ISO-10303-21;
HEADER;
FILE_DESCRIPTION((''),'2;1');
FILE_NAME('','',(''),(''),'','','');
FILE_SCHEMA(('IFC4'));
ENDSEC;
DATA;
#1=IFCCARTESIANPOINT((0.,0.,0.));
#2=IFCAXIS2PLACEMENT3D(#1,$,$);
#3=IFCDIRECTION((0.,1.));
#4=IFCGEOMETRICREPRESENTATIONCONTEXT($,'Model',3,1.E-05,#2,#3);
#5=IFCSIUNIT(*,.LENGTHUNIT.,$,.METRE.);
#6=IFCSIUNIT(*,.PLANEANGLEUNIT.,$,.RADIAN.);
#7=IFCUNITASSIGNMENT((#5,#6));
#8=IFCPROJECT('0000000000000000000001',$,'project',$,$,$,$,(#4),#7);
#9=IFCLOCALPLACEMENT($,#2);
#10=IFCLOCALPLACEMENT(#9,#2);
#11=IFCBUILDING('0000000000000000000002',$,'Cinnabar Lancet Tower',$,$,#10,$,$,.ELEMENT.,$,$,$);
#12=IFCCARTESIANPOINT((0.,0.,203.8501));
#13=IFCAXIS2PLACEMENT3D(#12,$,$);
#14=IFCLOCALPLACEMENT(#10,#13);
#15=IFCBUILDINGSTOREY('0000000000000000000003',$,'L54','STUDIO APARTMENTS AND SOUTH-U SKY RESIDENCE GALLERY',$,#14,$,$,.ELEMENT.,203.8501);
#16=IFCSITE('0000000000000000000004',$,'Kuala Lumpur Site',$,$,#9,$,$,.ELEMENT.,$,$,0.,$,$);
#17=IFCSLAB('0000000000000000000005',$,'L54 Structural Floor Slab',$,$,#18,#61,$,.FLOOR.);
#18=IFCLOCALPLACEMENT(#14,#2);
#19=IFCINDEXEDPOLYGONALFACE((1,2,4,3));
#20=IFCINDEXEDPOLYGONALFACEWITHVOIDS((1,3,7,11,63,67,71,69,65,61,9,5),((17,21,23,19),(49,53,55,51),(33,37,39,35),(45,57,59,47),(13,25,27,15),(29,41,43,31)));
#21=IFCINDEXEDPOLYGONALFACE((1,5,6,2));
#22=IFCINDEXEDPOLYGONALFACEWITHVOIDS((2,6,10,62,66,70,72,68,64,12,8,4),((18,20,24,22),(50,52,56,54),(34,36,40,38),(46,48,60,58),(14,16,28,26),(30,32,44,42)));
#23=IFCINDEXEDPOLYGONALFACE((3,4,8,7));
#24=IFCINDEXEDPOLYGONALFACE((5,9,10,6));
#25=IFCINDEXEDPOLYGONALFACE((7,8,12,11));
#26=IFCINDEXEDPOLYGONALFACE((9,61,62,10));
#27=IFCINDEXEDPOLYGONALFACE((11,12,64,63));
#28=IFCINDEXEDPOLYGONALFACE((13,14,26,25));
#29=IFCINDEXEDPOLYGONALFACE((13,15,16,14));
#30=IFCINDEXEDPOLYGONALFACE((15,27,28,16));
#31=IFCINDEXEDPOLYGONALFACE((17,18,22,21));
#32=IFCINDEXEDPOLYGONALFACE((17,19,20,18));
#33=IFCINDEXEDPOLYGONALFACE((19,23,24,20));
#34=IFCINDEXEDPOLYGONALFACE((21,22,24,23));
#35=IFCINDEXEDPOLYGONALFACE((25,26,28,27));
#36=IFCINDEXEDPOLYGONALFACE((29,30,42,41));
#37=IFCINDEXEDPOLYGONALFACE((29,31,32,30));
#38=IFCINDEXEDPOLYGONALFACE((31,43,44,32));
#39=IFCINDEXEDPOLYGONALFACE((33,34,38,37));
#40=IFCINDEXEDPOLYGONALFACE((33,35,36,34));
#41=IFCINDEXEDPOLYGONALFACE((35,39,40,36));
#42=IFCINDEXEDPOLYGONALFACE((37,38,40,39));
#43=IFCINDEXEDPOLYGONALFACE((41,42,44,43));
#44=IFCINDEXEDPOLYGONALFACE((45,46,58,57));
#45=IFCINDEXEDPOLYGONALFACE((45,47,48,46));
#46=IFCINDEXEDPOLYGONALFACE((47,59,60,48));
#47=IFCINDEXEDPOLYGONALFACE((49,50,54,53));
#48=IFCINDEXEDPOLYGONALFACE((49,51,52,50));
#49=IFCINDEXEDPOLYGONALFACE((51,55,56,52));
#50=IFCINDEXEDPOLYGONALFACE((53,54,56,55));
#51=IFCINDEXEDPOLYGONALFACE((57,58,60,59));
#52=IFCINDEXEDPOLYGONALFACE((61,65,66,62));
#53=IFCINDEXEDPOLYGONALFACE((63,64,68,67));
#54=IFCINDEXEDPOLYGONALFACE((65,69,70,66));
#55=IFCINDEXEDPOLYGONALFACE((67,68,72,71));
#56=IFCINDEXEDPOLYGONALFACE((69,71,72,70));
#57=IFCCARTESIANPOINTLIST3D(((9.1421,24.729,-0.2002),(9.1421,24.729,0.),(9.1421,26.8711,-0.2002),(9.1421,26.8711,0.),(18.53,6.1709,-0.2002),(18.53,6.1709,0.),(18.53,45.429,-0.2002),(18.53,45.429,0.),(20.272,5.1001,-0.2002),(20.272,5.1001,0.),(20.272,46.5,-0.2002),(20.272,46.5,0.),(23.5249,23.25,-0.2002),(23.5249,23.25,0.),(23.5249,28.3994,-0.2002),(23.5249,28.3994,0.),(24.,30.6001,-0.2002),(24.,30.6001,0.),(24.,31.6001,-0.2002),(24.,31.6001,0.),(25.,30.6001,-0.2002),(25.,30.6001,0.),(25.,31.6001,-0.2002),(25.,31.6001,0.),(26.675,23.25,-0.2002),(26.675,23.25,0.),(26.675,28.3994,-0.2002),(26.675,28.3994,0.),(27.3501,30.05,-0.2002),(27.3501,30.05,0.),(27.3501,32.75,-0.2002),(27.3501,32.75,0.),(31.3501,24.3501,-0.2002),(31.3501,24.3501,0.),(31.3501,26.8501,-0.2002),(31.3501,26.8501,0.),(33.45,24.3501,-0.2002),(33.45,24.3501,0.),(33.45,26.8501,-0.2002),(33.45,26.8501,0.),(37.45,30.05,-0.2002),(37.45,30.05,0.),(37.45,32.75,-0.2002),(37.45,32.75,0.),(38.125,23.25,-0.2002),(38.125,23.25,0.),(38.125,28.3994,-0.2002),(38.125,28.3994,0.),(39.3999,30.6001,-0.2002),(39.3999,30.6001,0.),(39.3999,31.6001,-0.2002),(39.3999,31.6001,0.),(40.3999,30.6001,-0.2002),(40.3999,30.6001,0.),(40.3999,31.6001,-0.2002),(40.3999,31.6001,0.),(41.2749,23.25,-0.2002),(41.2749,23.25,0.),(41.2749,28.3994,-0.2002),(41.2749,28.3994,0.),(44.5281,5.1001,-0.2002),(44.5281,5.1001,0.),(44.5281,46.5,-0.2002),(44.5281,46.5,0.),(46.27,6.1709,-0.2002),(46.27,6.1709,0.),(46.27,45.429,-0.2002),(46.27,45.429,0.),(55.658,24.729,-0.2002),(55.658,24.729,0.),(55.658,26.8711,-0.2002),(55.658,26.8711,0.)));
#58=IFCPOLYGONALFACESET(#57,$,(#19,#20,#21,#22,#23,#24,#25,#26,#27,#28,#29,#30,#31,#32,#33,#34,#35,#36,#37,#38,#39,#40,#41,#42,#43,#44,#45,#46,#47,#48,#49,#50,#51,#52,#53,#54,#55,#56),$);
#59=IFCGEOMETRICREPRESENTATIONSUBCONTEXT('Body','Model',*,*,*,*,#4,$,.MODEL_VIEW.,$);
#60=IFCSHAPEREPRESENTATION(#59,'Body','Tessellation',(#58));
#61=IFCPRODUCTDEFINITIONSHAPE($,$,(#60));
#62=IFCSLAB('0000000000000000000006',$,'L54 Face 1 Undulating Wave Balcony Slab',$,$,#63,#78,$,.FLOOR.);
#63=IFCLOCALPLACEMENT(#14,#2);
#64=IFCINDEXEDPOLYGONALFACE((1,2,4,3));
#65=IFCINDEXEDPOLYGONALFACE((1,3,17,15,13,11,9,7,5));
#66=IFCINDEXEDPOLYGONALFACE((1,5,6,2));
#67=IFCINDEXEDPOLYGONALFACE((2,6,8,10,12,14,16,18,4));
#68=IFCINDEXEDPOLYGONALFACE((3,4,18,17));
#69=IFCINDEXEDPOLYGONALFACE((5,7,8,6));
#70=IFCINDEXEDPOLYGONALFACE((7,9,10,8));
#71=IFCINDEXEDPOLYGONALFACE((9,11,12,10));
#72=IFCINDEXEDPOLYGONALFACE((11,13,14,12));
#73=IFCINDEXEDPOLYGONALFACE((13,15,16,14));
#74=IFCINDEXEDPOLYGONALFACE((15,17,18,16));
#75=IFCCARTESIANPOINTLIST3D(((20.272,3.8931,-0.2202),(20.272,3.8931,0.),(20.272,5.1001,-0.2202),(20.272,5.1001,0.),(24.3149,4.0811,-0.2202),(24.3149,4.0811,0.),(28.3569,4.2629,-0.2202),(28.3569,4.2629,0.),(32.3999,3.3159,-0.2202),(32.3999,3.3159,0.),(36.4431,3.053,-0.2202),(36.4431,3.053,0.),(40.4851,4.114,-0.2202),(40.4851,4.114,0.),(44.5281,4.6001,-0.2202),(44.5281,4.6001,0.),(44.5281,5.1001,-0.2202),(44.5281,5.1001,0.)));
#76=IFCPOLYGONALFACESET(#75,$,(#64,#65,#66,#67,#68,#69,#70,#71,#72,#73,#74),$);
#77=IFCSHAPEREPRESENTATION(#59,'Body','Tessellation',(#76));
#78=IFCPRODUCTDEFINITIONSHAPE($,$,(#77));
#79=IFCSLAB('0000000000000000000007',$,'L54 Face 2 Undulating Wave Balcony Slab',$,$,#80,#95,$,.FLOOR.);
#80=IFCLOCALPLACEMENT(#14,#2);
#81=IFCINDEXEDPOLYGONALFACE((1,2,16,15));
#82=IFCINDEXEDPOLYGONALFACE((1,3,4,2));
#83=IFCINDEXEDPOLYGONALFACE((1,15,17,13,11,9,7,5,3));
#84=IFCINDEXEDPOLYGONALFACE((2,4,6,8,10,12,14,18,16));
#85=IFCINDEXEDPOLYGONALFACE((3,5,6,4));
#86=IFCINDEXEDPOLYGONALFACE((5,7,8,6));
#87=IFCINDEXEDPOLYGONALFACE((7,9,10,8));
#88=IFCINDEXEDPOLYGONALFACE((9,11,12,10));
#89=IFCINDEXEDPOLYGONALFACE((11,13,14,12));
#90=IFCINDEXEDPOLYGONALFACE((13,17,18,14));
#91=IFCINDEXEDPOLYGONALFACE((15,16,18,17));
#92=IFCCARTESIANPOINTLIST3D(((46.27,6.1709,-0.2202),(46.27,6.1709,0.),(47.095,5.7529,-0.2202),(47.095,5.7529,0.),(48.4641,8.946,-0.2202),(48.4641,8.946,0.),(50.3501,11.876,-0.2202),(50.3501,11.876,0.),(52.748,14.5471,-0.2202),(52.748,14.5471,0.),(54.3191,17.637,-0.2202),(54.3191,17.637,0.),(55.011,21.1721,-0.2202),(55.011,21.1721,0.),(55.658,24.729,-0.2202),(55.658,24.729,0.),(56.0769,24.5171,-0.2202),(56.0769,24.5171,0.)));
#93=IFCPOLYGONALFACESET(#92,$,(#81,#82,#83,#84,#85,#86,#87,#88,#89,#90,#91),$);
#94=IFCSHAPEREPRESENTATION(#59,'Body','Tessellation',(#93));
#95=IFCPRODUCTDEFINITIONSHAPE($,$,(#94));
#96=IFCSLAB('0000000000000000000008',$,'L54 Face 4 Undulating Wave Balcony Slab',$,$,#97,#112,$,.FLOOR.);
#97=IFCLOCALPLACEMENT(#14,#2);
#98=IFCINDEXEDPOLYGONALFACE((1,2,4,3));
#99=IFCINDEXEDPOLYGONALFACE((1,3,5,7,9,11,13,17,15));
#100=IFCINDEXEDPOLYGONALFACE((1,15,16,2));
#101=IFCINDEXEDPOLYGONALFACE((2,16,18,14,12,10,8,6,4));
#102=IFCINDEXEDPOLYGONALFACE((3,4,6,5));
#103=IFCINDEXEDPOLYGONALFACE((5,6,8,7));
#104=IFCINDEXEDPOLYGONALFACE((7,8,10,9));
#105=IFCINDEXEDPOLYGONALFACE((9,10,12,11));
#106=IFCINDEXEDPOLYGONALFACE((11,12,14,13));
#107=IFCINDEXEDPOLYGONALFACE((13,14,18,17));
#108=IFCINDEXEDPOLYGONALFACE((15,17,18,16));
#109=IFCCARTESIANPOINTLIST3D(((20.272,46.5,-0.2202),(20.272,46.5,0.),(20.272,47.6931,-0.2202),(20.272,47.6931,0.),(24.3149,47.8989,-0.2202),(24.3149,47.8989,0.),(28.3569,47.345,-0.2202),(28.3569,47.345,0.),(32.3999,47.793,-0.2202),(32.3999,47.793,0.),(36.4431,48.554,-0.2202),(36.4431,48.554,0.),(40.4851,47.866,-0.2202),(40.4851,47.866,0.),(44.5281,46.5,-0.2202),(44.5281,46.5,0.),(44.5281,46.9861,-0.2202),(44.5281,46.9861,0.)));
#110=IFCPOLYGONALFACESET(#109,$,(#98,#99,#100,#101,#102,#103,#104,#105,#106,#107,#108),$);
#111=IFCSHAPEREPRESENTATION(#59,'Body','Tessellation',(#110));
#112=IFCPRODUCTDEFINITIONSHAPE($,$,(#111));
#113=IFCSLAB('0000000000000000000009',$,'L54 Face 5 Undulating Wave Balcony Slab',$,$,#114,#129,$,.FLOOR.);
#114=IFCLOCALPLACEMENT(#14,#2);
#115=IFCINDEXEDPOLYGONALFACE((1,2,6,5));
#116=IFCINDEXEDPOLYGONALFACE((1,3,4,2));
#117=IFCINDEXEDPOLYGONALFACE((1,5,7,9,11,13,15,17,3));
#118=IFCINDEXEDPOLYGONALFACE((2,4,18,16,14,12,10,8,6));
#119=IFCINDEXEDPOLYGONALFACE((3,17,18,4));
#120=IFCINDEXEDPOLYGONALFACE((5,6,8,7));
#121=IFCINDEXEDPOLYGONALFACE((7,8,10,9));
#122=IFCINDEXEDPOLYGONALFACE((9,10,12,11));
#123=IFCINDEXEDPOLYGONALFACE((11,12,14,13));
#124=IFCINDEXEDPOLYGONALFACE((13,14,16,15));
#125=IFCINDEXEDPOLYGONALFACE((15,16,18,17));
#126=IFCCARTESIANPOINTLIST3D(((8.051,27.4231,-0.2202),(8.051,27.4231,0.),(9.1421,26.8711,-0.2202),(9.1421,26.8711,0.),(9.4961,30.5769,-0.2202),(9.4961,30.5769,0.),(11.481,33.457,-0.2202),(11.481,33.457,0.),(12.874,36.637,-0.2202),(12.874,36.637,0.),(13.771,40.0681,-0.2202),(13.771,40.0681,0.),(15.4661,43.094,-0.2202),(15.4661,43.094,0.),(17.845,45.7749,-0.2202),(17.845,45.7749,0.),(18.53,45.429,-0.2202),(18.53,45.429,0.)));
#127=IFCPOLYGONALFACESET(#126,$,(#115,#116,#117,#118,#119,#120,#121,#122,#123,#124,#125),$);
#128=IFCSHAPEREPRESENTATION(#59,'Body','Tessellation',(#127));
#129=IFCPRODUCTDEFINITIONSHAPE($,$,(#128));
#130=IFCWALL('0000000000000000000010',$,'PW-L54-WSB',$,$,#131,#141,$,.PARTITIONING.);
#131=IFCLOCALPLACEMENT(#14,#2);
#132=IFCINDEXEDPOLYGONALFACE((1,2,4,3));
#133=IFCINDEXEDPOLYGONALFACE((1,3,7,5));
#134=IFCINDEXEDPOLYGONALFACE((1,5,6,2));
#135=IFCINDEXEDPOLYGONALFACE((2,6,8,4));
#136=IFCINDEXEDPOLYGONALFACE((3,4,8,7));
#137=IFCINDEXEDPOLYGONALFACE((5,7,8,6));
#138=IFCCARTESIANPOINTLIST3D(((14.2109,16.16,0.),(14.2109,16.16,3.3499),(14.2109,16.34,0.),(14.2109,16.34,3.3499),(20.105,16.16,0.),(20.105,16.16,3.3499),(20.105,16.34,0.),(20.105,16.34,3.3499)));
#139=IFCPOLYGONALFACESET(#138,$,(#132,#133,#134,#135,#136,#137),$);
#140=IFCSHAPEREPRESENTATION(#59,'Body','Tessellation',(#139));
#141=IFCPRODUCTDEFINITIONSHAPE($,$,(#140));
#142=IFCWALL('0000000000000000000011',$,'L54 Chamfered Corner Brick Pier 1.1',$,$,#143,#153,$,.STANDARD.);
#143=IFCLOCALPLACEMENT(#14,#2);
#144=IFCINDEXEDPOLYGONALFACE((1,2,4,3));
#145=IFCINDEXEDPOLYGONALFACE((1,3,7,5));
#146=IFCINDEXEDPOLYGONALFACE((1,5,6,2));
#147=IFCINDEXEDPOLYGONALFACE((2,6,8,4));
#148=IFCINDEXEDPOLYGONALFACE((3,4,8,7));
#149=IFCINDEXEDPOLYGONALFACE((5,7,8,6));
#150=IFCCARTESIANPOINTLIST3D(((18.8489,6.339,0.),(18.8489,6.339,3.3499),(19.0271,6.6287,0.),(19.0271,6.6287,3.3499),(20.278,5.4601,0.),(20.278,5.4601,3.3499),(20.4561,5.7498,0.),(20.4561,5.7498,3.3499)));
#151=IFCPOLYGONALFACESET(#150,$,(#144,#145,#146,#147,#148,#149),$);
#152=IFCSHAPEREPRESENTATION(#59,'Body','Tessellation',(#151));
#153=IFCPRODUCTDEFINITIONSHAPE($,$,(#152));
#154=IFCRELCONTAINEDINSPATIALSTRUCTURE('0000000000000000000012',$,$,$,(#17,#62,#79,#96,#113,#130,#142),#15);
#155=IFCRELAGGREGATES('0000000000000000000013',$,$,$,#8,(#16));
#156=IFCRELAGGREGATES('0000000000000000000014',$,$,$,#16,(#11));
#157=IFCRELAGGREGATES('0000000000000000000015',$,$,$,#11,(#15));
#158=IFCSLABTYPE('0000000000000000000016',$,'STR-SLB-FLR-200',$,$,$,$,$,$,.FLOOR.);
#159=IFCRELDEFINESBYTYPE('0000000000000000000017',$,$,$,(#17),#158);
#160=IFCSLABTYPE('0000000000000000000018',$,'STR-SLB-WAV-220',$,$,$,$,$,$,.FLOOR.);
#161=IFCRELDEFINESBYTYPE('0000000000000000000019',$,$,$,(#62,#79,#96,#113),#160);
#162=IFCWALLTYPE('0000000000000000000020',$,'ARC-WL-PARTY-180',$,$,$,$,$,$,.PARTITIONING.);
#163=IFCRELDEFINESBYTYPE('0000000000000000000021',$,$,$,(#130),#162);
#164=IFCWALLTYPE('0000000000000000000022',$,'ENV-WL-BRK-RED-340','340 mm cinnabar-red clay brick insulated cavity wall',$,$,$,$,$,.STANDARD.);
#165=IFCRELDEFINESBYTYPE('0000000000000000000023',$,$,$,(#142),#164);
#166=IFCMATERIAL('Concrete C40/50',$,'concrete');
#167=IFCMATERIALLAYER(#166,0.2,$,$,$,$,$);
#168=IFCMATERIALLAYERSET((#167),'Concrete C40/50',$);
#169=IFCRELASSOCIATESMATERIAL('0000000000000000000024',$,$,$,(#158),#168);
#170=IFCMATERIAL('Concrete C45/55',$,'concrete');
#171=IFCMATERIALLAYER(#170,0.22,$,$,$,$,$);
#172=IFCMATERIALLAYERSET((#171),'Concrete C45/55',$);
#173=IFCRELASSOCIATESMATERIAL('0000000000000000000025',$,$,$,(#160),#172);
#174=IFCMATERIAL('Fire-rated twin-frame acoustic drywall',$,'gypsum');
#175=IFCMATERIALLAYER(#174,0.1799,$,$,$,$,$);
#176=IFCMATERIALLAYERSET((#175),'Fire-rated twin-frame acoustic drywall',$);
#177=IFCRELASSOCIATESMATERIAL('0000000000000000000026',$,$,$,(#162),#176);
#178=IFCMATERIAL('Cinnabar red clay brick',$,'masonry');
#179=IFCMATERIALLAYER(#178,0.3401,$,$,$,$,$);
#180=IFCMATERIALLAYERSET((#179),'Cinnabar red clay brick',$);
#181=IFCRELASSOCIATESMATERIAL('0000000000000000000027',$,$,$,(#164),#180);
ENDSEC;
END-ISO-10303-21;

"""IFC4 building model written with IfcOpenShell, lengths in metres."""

from ifc_helpers import new_model, si_unit, direction, frame, frame_2d, origin, place, context, subcontext, project, spatial, polyline, rectangle, outline, extrude, material, layer, layer_set, type_object, element, save


model = new_model("IFC4")

# Units and contexts
model_context = context("Model", 3, precision=1e-05, world=origin(), true_north=direction((0.0, 1.0)))
body_context = subcontext(model_context, "Body", "Model", "MODEL_VIEW")
ifc_project = project(units=[si_unit("LENGTHUNIT", "METRE"), si_unit("PLANEANGLEUNIT", "RADIAN")], contexts=[model_context])

# Site, building, storey
site_placement = place(None, origin())
site = spatial("IfcSite", under=ifc_project, at=site_placement, Name="Kuala Lumpur Site", CompositionType="ELEMENT", RefElevation=0.0)
building_placement = place(site_placement, origin())
building = spatial("IfcBuilding", under=site, at=building_placement, Name="Cinnabar Lancet Tower", CompositionType="ELEMENT")
storey_placement = place(building_placement, frame((0.0, 0.0, 203.8501)))
storey = spatial("IfcBuildingStorey", under=building, at=storey_placement, Name="L54", Description="STUDIO APARTMENTS AND SOUTH-U SKY RESIDENCE GALLERY", CompositionType="ELEMENT", Elevation=203.8501)

# Slabs
ifc_material_1 = material(Name="Concrete C40/50", Category="concrete")
ifc_layer_1 = layer(ifc_material_1, 0.2)
ifc_layer_set_1 = layer_set([ifc_layer_1], Name="Concrete C40/50")
slab_type_1 = type_object("IfcSlabType", Name="STR-SLB-FLR-200", PredefinedType="FLOOR", material=ifc_layer_set_1)
slab_1_placement = place(storey_placement, frame((0.0, 0.0, -0.2002)))
element("IfcSlab", 1, at=slab_1_placement, inside=storey, type_object=slab_type_1, Name="L54 Structural Floor Slab", PredefinedType="FLOOR", context=body_context, shape_type="SweptSolid", body=[
    extrude(outline(polyline([(18.53, 6.1709), (20.272, 5.1001), (44.5281, 5.1001), (46.27, 6.1709), (55.658, 24.729), (55.658, 26.8711), (46.27, 45.429), (44.5281, 46.5), (20.272, 46.5), (18.53, 45.429), (9.1421, 26.8711), (9.1421, 24.729), (18.53, 6.1709)]), holes=[polyline([(23.5249, 23.25), (26.675, 23.25), (26.675, 28.3994), (23.5249, 28.3994), (23.5249, 23.25)]), polyline([(38.125, 23.25), (41.2749, 23.25), (41.2749, 28.3994), (38.125, 28.3994), (38.125, 23.25)]), polyline([(27.3501, 30.05), (37.45, 30.05), (37.45, 32.75), (27.3501, 32.75), (27.3501, 30.05)]), polyline([(31.3501, 24.3501), (33.45, 24.3501), (33.45, 26.8501), (31.3501, 26.8501), (31.3501, 24.3501)]), polyline([(24.0, 30.6001), (25.0, 30.6001), (25.0, 31.6001), (24.0, 31.6001), (24.0, 30.6001)]), polyline([(39.3999, 30.6001), (40.3999, 30.6001), (40.3999, 31.6001), (39.3999, 31.6001), (39.3999, 30.6001)])]), origin(), (0.0, 0.0, 1.0), 0.2002),
])
ifc_material_2 = material(Name="Concrete C45/55", Category="concrete")
ifc_layer_2 = layer(ifc_material_2, 0.22)
ifc_layer_set_2 = layer_set([ifc_layer_2], Name="Concrete C45/55")
slab_type_2 = type_object("IfcSlabType", Name="STR-SLB-WAV-220", PredefinedType="FLOOR", material=ifc_layer_set_2)
slab_2_placement = place(storey_placement, frame((0.0, 0.0, -0.2202)))
element("IfcSlab", 2, at=slab_2_placement, inside=storey, type_object=slab_type_2, Name="L54 Face 1 Undulating Wave Balcony Slab", PredefinedType="FLOOR", context=body_context, shape_type="SweptSolid", body=[
    extrude(outline(polyline([(20.272, 5.1001), (20.272, 3.8931), (24.3149, 4.0811), (28.3569, 4.2629), (32.3999, 3.3159), (36.4431, 3.053), (40.4851, 4.114), (44.5281, 4.6001), (44.5281, 5.1001), (20.272, 5.1001)])), origin(), (0.0, 0.0, 1.0), 0.2202),
])
slab_3_placement = place(storey_placement, frame((0.0, 0.0, -0.2202)))
element("IfcSlab", 3, at=slab_3_placement, inside=storey, type_object=slab_type_2, Name="L54 Face 2 Undulating Wave Balcony Slab", PredefinedType="FLOOR", context=body_context, shape_type="SweptSolid", body=[
    extrude(outline(polyline([(46.27, 6.1709), (47.095, 5.7529), (48.4641, 8.946), (50.3501, 11.876), (52.748, 14.5471), (54.3191, 17.637), (55.011, 21.1721), (56.0769, 24.5171), (55.658, 24.729), (46.27, 6.1709)])), origin(), (0.0, 0.0, 1.0), 0.2202),
])
slab_4_placement = place(storey_placement, frame((0.0, 0.0, -0.2202)))
element("IfcSlab", 4, at=slab_4_placement, inside=storey, type_object=slab_type_2, Name="L54 Face 4 Undulating Wave Balcony Slab", PredefinedType="FLOOR", context=body_context, shape_type="SweptSolid", body=[
    extrude(outline(polyline([(44.5281, 46.5), (44.5281, 46.9861), (40.4851, 47.866), (36.4431, 48.554), (32.3999, 47.793), (28.3569, 47.345), (24.3149, 47.8989), (20.272, 47.6931), (20.272, 46.5), (44.5281, 46.5)])), origin(), (0.0, 0.0, 1.0), 0.2202),
])
slab_5_placement = place(storey_placement, frame((0.0, 0.0, -0.2202)))
element("IfcSlab", 5, at=slab_5_placement, inside=storey, type_object=slab_type_2, Name="L54 Face 5 Undulating Wave Balcony Slab", PredefinedType="FLOOR", context=body_context, shape_type="SweptSolid", body=[
    extrude(outline(polyline([(18.53, 45.429), (17.845, 45.7749), (15.4661, 43.094), (13.771, 40.0681), (12.874, 36.637), (11.481, 33.457), (9.4961, 30.5769), (8.051, 27.4231), (9.1421, 26.8711), (18.53, 45.429)])), origin(), (0.0, 0.0, 1.0), 0.2202),
])

# Walls
ifc_material_3 = material(Name="Fire-rated twin-frame acoustic drywall", Category="gypsum")
ifc_layer_3 = layer(ifc_material_3, 0.1799)
ifc_layer_set_3 = layer_set([ifc_layer_3], Name="Fire-rated twin-frame acoustic drywall")
wall_type_1 = type_object("IfcWallType", Name="ARC-WL-PARTY-180", PredefinedType="PARTITIONING", material=ifc_layer_set_3)
wall_1_placement = place(storey_placement, frame((14.2109, 16.25, 0.0), z_axis=(0.0, 0.0, 1.0), x_axis=(1.0, 0.0, 0.0)))
element("IfcWall", 6, at=wall_1_placement, inside=storey, type_object=wall_type_1, Name="PW-L54-WSB", PredefinedType="PARTITIONING", context=body_context, shape_type="SweptSolid", body=[
    extrude(rectangle(XDim=5.894, YDim=0.1799, at=frame_2d((2.947, 0.0))), origin(), (0.0, 0.0, 1.0), 3.3499),
])
ifc_material_4 = material(Name="Cinnabar red clay brick", Category="masonry")
ifc_layer_4 = layer(ifc_material_4, 0.3401)
ifc_layer_set_4 = layer_set([ifc_layer_4], Name="Cinnabar red clay brick")
wall_type_2 = type_object("IfcWallType", Name="ENV-WL-BRK-RED-340", Description="340 mm cinnabar-red clay brick insulated cavity wall", PredefinedType="STANDARD", material=ifc_layer_set_4)
wall_2_placement = place(storey_placement, frame((18.938, 6.4839, 0.0), z_axis=(0.0, 0.0, 1.0), x_axis=(0.851778, -0.523903, 0.0)))
element("IfcWall", 7, at=wall_2_placement, inside=storey, type_object=wall_type_2, Name="L54 Chamfered Corner Brick Pier 1.1", PredefinedType="STANDARD", context=body_context, shape_type="SweptSolid", body=[
    extrude(rectangle(XDim=1.6777, YDim=0.3401, at=frame_2d((0.8389, 0.0))), origin(), (0.0, 0.0, 1.0), 3.3499),
])

save(model, "model.ifc")
